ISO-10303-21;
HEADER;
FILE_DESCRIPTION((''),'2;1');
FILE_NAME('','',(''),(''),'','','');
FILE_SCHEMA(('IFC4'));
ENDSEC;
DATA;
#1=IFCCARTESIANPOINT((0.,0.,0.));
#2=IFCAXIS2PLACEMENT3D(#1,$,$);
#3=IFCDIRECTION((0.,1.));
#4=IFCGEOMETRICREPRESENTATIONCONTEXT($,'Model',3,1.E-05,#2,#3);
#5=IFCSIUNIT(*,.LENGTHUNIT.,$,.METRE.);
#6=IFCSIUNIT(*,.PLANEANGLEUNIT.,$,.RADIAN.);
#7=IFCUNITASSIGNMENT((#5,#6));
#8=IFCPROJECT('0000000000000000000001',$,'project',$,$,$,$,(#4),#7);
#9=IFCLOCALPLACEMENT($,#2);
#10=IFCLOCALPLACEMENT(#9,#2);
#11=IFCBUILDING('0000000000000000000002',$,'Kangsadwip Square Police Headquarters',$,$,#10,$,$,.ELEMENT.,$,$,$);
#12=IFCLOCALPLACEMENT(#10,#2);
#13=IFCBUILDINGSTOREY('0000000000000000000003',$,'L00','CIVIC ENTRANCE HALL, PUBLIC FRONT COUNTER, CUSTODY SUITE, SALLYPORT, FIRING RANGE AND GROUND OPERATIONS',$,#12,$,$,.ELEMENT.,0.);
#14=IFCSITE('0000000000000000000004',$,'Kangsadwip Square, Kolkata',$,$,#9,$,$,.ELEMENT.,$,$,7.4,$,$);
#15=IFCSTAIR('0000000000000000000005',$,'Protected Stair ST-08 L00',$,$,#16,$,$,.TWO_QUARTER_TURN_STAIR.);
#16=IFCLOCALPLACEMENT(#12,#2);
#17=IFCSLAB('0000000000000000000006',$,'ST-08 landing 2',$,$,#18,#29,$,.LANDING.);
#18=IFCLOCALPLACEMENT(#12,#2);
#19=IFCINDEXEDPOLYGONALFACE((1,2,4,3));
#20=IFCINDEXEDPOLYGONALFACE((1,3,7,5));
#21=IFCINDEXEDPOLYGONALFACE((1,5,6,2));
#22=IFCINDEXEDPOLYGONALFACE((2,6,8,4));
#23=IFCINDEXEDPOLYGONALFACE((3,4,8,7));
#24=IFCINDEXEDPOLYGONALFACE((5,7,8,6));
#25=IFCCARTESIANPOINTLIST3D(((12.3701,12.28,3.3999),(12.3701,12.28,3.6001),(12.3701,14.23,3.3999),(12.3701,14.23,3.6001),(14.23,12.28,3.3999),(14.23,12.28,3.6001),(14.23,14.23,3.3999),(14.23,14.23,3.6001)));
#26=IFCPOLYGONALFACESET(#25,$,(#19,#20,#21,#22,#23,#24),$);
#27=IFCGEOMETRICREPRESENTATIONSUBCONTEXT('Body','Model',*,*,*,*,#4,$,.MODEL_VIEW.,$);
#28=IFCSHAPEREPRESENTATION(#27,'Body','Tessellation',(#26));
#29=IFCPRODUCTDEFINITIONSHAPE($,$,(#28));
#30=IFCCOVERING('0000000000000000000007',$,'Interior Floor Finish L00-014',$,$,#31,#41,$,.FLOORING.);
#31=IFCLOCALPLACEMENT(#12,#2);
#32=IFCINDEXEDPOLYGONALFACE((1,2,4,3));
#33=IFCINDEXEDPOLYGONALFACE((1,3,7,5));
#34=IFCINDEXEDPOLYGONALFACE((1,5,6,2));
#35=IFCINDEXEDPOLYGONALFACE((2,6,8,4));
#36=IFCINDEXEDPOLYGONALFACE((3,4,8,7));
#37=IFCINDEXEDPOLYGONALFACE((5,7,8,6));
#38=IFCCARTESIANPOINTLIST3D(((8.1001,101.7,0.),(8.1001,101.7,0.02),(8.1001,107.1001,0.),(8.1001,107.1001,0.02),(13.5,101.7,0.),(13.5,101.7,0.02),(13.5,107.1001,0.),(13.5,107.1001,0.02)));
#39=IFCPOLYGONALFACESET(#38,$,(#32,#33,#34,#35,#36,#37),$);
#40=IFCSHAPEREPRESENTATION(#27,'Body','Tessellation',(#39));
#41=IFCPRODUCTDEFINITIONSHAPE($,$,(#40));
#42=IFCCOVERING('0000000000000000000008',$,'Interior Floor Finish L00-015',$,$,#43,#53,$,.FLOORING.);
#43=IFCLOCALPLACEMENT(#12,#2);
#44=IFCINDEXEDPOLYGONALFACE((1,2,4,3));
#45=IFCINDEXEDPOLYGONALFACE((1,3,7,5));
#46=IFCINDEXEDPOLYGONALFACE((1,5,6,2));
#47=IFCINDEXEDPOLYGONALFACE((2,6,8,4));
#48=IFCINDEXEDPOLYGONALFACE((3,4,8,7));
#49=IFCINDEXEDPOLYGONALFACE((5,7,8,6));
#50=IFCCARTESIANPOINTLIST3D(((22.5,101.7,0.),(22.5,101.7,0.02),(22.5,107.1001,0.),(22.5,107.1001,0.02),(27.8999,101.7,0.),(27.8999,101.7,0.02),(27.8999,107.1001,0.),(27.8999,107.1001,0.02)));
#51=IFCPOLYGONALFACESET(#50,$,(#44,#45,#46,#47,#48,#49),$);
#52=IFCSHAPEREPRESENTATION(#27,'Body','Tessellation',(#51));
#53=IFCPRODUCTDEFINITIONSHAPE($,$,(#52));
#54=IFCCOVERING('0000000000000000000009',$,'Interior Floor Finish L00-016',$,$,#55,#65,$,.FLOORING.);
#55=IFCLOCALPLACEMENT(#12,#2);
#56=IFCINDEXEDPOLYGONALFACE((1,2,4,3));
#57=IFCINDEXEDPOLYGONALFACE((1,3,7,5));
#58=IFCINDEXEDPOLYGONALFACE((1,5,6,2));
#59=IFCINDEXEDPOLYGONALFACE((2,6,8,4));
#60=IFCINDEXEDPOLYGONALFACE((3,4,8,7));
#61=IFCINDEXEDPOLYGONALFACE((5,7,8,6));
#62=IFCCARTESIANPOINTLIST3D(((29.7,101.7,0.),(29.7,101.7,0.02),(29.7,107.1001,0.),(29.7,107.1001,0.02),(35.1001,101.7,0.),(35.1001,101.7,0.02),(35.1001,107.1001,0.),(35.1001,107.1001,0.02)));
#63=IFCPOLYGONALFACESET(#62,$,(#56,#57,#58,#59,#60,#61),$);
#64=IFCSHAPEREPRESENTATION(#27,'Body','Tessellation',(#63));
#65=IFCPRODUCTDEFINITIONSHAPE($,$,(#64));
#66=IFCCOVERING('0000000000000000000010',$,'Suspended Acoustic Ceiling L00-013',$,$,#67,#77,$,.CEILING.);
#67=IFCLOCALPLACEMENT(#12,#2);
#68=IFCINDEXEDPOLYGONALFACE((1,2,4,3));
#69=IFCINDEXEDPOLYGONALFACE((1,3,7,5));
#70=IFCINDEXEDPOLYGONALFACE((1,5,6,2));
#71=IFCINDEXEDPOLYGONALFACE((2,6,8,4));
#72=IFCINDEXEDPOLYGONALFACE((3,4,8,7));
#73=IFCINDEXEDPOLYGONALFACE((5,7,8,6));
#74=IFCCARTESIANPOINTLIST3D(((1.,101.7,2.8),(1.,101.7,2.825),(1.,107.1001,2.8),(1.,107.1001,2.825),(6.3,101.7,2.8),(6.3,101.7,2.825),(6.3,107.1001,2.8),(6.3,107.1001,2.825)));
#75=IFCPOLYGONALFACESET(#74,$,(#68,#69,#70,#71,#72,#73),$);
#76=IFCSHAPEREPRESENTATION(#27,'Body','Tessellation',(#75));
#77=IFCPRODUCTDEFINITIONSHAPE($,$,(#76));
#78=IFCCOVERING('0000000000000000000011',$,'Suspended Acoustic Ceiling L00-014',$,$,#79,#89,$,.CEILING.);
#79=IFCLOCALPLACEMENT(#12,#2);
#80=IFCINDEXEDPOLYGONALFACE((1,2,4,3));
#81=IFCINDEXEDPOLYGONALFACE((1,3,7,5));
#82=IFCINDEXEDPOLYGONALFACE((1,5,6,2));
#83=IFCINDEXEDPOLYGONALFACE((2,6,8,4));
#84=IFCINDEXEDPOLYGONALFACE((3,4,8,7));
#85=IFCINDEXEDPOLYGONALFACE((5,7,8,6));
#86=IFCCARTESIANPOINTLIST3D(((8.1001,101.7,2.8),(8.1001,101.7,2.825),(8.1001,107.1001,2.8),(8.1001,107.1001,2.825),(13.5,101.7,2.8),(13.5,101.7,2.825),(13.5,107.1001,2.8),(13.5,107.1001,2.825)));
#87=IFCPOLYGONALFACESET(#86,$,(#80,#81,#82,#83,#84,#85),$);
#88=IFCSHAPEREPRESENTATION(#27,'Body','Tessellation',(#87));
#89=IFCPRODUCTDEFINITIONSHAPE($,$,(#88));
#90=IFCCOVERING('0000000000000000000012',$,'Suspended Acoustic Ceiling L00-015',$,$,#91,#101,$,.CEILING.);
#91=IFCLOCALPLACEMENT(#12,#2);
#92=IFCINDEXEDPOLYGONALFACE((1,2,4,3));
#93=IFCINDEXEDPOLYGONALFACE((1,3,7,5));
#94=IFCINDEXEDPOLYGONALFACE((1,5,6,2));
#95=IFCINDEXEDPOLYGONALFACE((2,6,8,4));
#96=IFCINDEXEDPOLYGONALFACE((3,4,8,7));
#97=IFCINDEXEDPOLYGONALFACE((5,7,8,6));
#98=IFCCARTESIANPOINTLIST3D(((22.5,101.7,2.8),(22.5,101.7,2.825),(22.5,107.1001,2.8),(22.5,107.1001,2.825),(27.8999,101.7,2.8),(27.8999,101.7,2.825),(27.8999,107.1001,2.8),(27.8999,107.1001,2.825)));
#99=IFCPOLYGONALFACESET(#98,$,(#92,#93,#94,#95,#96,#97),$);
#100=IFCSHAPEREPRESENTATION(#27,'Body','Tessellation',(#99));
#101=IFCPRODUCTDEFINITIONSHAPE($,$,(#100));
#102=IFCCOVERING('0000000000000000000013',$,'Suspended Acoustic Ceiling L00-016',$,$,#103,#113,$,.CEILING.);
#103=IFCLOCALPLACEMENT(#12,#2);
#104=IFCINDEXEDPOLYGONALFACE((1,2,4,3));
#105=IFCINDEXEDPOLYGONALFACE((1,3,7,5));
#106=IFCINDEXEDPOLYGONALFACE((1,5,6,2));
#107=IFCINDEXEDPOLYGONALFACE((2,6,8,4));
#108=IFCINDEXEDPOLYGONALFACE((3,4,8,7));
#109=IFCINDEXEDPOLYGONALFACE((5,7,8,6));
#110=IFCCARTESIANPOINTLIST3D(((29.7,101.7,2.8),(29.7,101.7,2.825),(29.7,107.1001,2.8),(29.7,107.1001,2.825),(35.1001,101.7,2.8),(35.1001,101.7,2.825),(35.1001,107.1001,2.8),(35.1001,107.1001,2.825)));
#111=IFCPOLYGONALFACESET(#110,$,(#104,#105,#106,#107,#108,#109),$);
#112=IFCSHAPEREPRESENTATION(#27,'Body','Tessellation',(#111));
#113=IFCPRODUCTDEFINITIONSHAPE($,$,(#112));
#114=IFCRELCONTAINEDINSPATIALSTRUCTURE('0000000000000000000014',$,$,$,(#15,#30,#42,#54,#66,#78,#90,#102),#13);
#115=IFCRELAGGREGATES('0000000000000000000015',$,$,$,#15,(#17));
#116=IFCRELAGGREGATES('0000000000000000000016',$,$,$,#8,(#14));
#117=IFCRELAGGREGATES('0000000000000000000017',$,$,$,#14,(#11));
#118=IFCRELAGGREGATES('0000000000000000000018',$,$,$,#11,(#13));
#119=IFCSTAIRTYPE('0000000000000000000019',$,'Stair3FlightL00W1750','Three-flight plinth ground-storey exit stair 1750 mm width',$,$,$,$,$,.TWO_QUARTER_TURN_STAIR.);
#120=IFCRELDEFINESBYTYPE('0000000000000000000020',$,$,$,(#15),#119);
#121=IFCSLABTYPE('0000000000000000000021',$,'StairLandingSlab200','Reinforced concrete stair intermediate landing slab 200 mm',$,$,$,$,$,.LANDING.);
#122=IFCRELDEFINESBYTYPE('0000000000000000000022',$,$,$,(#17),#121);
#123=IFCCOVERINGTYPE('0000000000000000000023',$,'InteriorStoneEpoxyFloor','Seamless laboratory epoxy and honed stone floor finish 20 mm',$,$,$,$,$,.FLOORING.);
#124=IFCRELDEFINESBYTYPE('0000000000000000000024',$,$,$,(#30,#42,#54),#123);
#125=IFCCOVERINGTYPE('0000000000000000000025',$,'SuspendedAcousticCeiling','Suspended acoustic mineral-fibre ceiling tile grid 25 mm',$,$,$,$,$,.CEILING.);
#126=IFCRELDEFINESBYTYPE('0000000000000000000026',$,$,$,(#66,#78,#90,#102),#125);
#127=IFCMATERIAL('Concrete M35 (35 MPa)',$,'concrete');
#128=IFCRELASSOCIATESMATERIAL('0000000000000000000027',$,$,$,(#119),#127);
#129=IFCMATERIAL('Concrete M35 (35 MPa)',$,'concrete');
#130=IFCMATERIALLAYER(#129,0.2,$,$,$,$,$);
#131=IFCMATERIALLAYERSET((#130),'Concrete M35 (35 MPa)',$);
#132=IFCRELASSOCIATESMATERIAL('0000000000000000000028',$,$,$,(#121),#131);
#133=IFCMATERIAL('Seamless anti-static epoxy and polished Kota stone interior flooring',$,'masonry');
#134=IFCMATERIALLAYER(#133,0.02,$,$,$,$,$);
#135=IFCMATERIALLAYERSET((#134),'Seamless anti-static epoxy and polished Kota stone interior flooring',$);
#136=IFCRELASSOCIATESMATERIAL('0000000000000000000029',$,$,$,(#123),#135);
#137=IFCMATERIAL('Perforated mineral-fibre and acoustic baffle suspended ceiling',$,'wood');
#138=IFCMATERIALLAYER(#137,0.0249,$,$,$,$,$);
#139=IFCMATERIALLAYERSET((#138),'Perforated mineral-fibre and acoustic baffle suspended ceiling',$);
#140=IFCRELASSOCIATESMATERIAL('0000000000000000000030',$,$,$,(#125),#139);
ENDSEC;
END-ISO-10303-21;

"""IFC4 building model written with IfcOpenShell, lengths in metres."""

from ifc_helpers import new_model, si_unit, direction, frame, origin, place, context, subcontext, project, spatial, polyline, outline, extrude, material, layer, layer_set, type_object, element, aggregate, save


model = new_model("IFC4")

# Units and contexts
model_context = context("Model", 3, precision=1e-05, world=origin(), true_north=direction((0.0, 1.0)))
body_context = subcontext(model_context, "Body", "Model", "MODEL_VIEW")
ifc_project = project(units=[si_unit("LENGTHUNIT", "METRE"), si_unit("PLANEANGLEUNIT", "RADIAN")], contexts=[model_context])

# Site, building, storey
site_placement = place(None, origin())
site = spatial("IfcSite", under=ifc_project, at=site_placement, Name="Kangsadwip Square, Kolkata", CompositionType="ELEMENT", RefElevation=7.4)
building_placement = place(site_placement, origin())
building = spatial("IfcBuilding", under=site, at=building_placement, Name="Kangsadwip Square Police Headquarters", CompositionType="ELEMENT")
storey_placement = place(building_placement, origin())
storey = spatial("IfcBuildingStorey", under=building, at=storey_placement, Name="L00", Description="CIVIC ENTRANCE HALL, PUBLIC FRONT COUNTER, CUSTODY SUITE, SALLYPORT, FIRING RANGE AND GROUND OPERATIONS", CompositionType="ELEMENT", Elevation=0.0)

# Stair, slab
ifc_material_1 = material(Name="Concrete M35 (35 MPa)", Category="concrete")
stair_type = type_object("IfcStairType", Name="Stair3FlightL00W1750", Description="Three-flight plinth ground-storey exit stair 1750 mm width", PredefinedType="TWO_QUARTER_TURN_STAIR", material=ifc_material_1)
ifc_material_2 = material(Name="Concrete M35 (35 MPa)", Category="concrete")
ifc_layer_1 = layer(ifc_material_2, 0.2)
ifc_layer_set_1 = layer_set([ifc_layer_1], Name="Concrete M35 (35 MPa)")
slab_type = type_object("IfcSlabType", Name="StairLandingSlab200", Description="Reinforced concrete stair intermediate landing slab 200 mm", PredefinedType="LANDING", material=ifc_layer_set_1)
stair_1_placement = place(storey_placement, origin())
stair_1 = element("IfcStair", 1, at=stair_1_placement, inside=storey, type_object=stair_type, Name="Protected Stair ST-08 L00", PredefinedType="TWO_QUARTER_TURN_STAIR")
slab_1_placement = place(storey_placement, frame((0.0, 0.0, 3.3999)))
slab_1 = element("IfcSlab", 2, at=slab_1_placement, type_object=slab_type, Name="ST-08 landing 2", PredefinedType="LANDING", context=body_context, shape_type="SweptSolid", body=[
    extrude(outline(polyline([(12.3701, 12.28), (14.23, 12.28), (14.23, 14.23), (12.3701, 14.23), (12.3701, 12.28)])), origin(), (0.0, 0.0, 1.0), 0.2002),
])
aggregate(stair_1, [slab_1])

# Coverings
ifc_material_3 = material(Name="Seamless anti-static epoxy and polished Kota stone interior flooring", Category="masonry")
ifc_layer_2 = layer(ifc_material_3, 0.02)
ifc_layer_set_2 = layer_set([ifc_layer_2], Name="Seamless anti-static epoxy and polished Kota stone interior flooring")
covering_type_1 = type_object("IfcCoveringType", Name="InteriorStoneEpoxyFloor", Description="Seamless laboratory epoxy and honed stone floor finish 20 mm", PredefinedType="FLOORING", material=ifc_layer_set_2)
covering_1_placement = place(storey_placement, origin())
element("IfcCovering", 3, at=covering_1_placement, inside=storey, type_object=covering_type_1, Name="Interior Floor Finish L00-014", PredefinedType="FLOORING", context=body_context, shape_type="SweptSolid", body=[
    extrude(outline(polyline([(8.1001, 101.7), (13.5, 101.7), (13.5, 107.1001), (8.1001, 107.1001), (8.1001, 101.7)])), origin(), (0.0, 0.0, 1.0), 0.02),
])
covering_2_placement = place(storey_placement, origin())
element("IfcCovering", 4, at=covering_2_placement, inside=storey, type_object=covering_type_1, Name="Interior Floor Finish L00-015", PredefinedType="FLOORING", context=body_context, shape_type="SweptSolid", body=[
    extrude(outline(polyline([(22.5, 101.7), (27.8999, 101.7), (27.8999, 107.1001), (22.5, 107.1001), (22.5, 101.7)])), origin(), (0.0, 0.0, 1.0), 0.02),
])
covering_3_placement = place(storey_placement, origin())
element("IfcCovering", 5, at=covering_3_placement, inside=storey, type_object=covering_type_1, Name="Interior Floor Finish L00-016", PredefinedType="FLOORING", context=body_context, shape_type="SweptSolid", body=[
    extrude(outline(polyline([(29.7, 101.7), (35.1001, 101.7), (35.1001, 107.1001), (29.7, 107.1001), (29.7, 101.7)])), origin(), (0.0, 0.0, 1.0), 0.02),
])
ifc_material_4 = material(Name="Perforated mineral-fibre and acoustic baffle suspended ceiling", Category="wood")
ifc_layer_3 = layer(ifc_material_4, 0.0249)
ifc_layer_set_3 = layer_set([ifc_layer_3], Name="Perforated mineral-fibre and acoustic baffle suspended ceiling")
covering_type_2 = type_object("IfcCoveringType", Name="SuspendedAcousticCeiling", Description="Suspended acoustic mineral-fibre ceiling tile grid 25 mm", PredefinedType="CEILING", material=ifc_layer_set_3)
covering_4_placement = place(storey_placement, frame((0.0, 0.0, 2.8)))
element("IfcCovering", 6, at=covering_4_placement, inside=storey, type_object=covering_type_2, Name="Suspended Acoustic Ceiling L00-013", PredefinedType="CEILING", context=body_context, shape_type="SweptSolid", body=[
    extrude(outline(polyline([(1.0, 101.7), (6.3, 101.7), (6.3, 107.1001), (1.0, 107.1001), (1.0, 101.7)])), origin(), (0.0, 0.0, 1.0), 0.0249),
])
covering_5_placement = place(storey_placement, frame((0.0, 0.0, 2.8)))
element("IfcCovering", 7, at=covering_5_placement, inside=storey, type_object=covering_type_2, Name="Suspended Acoustic Ceiling L00-014", PredefinedType="CEILING", context=body_context, shape_type="SweptSolid", body=[
    extrude(outline(polyline([(8.1001, 101.7), (13.5, 101.7), (13.5, 107.1001), (8.1001, 107.1001), (8.1001, 101.7)])), origin(), (0.0, 0.0, 1.0), 0.0249),
])
covering_6_placement = place(storey_placement, frame((0.0, 0.0, 2.8)))
element("IfcCovering", 8, at=covering_6_placement, inside=storey, type_object=covering_type_2, Name="Suspended Acoustic Ceiling L00-015", PredefinedType="CEILING", context=body_context, shape_type="SweptSolid", body=[
    extrude(outline(polyline([(22.5, 101.7), (27.8999, 101.7), (27.8999, 107.1001), (22.5, 107.1001), (22.5, 101.7)])), origin(), (0.0, 0.0, 1.0), 0.0249),
])
covering_7_placement = place(storey_placement, frame((0.0, 0.0, 2.8)))
element("IfcCovering", 9, at=covering_7_placement, inside=storey, type_object=covering_type_2, Name="Suspended Acoustic Ceiling L00-016", PredefinedType="CEILING", context=body_context, shape_type="SweptSolid", body=[
    extrude(outline(polyline([(29.7, 101.7), (35.1001, 101.7), (35.1001, 107.1001), (29.7, 107.1001), (29.7, 101.7)])), origin(), (0.0, 0.0, 1.0), 0.0249),
])

save(model, "model.ifc")
